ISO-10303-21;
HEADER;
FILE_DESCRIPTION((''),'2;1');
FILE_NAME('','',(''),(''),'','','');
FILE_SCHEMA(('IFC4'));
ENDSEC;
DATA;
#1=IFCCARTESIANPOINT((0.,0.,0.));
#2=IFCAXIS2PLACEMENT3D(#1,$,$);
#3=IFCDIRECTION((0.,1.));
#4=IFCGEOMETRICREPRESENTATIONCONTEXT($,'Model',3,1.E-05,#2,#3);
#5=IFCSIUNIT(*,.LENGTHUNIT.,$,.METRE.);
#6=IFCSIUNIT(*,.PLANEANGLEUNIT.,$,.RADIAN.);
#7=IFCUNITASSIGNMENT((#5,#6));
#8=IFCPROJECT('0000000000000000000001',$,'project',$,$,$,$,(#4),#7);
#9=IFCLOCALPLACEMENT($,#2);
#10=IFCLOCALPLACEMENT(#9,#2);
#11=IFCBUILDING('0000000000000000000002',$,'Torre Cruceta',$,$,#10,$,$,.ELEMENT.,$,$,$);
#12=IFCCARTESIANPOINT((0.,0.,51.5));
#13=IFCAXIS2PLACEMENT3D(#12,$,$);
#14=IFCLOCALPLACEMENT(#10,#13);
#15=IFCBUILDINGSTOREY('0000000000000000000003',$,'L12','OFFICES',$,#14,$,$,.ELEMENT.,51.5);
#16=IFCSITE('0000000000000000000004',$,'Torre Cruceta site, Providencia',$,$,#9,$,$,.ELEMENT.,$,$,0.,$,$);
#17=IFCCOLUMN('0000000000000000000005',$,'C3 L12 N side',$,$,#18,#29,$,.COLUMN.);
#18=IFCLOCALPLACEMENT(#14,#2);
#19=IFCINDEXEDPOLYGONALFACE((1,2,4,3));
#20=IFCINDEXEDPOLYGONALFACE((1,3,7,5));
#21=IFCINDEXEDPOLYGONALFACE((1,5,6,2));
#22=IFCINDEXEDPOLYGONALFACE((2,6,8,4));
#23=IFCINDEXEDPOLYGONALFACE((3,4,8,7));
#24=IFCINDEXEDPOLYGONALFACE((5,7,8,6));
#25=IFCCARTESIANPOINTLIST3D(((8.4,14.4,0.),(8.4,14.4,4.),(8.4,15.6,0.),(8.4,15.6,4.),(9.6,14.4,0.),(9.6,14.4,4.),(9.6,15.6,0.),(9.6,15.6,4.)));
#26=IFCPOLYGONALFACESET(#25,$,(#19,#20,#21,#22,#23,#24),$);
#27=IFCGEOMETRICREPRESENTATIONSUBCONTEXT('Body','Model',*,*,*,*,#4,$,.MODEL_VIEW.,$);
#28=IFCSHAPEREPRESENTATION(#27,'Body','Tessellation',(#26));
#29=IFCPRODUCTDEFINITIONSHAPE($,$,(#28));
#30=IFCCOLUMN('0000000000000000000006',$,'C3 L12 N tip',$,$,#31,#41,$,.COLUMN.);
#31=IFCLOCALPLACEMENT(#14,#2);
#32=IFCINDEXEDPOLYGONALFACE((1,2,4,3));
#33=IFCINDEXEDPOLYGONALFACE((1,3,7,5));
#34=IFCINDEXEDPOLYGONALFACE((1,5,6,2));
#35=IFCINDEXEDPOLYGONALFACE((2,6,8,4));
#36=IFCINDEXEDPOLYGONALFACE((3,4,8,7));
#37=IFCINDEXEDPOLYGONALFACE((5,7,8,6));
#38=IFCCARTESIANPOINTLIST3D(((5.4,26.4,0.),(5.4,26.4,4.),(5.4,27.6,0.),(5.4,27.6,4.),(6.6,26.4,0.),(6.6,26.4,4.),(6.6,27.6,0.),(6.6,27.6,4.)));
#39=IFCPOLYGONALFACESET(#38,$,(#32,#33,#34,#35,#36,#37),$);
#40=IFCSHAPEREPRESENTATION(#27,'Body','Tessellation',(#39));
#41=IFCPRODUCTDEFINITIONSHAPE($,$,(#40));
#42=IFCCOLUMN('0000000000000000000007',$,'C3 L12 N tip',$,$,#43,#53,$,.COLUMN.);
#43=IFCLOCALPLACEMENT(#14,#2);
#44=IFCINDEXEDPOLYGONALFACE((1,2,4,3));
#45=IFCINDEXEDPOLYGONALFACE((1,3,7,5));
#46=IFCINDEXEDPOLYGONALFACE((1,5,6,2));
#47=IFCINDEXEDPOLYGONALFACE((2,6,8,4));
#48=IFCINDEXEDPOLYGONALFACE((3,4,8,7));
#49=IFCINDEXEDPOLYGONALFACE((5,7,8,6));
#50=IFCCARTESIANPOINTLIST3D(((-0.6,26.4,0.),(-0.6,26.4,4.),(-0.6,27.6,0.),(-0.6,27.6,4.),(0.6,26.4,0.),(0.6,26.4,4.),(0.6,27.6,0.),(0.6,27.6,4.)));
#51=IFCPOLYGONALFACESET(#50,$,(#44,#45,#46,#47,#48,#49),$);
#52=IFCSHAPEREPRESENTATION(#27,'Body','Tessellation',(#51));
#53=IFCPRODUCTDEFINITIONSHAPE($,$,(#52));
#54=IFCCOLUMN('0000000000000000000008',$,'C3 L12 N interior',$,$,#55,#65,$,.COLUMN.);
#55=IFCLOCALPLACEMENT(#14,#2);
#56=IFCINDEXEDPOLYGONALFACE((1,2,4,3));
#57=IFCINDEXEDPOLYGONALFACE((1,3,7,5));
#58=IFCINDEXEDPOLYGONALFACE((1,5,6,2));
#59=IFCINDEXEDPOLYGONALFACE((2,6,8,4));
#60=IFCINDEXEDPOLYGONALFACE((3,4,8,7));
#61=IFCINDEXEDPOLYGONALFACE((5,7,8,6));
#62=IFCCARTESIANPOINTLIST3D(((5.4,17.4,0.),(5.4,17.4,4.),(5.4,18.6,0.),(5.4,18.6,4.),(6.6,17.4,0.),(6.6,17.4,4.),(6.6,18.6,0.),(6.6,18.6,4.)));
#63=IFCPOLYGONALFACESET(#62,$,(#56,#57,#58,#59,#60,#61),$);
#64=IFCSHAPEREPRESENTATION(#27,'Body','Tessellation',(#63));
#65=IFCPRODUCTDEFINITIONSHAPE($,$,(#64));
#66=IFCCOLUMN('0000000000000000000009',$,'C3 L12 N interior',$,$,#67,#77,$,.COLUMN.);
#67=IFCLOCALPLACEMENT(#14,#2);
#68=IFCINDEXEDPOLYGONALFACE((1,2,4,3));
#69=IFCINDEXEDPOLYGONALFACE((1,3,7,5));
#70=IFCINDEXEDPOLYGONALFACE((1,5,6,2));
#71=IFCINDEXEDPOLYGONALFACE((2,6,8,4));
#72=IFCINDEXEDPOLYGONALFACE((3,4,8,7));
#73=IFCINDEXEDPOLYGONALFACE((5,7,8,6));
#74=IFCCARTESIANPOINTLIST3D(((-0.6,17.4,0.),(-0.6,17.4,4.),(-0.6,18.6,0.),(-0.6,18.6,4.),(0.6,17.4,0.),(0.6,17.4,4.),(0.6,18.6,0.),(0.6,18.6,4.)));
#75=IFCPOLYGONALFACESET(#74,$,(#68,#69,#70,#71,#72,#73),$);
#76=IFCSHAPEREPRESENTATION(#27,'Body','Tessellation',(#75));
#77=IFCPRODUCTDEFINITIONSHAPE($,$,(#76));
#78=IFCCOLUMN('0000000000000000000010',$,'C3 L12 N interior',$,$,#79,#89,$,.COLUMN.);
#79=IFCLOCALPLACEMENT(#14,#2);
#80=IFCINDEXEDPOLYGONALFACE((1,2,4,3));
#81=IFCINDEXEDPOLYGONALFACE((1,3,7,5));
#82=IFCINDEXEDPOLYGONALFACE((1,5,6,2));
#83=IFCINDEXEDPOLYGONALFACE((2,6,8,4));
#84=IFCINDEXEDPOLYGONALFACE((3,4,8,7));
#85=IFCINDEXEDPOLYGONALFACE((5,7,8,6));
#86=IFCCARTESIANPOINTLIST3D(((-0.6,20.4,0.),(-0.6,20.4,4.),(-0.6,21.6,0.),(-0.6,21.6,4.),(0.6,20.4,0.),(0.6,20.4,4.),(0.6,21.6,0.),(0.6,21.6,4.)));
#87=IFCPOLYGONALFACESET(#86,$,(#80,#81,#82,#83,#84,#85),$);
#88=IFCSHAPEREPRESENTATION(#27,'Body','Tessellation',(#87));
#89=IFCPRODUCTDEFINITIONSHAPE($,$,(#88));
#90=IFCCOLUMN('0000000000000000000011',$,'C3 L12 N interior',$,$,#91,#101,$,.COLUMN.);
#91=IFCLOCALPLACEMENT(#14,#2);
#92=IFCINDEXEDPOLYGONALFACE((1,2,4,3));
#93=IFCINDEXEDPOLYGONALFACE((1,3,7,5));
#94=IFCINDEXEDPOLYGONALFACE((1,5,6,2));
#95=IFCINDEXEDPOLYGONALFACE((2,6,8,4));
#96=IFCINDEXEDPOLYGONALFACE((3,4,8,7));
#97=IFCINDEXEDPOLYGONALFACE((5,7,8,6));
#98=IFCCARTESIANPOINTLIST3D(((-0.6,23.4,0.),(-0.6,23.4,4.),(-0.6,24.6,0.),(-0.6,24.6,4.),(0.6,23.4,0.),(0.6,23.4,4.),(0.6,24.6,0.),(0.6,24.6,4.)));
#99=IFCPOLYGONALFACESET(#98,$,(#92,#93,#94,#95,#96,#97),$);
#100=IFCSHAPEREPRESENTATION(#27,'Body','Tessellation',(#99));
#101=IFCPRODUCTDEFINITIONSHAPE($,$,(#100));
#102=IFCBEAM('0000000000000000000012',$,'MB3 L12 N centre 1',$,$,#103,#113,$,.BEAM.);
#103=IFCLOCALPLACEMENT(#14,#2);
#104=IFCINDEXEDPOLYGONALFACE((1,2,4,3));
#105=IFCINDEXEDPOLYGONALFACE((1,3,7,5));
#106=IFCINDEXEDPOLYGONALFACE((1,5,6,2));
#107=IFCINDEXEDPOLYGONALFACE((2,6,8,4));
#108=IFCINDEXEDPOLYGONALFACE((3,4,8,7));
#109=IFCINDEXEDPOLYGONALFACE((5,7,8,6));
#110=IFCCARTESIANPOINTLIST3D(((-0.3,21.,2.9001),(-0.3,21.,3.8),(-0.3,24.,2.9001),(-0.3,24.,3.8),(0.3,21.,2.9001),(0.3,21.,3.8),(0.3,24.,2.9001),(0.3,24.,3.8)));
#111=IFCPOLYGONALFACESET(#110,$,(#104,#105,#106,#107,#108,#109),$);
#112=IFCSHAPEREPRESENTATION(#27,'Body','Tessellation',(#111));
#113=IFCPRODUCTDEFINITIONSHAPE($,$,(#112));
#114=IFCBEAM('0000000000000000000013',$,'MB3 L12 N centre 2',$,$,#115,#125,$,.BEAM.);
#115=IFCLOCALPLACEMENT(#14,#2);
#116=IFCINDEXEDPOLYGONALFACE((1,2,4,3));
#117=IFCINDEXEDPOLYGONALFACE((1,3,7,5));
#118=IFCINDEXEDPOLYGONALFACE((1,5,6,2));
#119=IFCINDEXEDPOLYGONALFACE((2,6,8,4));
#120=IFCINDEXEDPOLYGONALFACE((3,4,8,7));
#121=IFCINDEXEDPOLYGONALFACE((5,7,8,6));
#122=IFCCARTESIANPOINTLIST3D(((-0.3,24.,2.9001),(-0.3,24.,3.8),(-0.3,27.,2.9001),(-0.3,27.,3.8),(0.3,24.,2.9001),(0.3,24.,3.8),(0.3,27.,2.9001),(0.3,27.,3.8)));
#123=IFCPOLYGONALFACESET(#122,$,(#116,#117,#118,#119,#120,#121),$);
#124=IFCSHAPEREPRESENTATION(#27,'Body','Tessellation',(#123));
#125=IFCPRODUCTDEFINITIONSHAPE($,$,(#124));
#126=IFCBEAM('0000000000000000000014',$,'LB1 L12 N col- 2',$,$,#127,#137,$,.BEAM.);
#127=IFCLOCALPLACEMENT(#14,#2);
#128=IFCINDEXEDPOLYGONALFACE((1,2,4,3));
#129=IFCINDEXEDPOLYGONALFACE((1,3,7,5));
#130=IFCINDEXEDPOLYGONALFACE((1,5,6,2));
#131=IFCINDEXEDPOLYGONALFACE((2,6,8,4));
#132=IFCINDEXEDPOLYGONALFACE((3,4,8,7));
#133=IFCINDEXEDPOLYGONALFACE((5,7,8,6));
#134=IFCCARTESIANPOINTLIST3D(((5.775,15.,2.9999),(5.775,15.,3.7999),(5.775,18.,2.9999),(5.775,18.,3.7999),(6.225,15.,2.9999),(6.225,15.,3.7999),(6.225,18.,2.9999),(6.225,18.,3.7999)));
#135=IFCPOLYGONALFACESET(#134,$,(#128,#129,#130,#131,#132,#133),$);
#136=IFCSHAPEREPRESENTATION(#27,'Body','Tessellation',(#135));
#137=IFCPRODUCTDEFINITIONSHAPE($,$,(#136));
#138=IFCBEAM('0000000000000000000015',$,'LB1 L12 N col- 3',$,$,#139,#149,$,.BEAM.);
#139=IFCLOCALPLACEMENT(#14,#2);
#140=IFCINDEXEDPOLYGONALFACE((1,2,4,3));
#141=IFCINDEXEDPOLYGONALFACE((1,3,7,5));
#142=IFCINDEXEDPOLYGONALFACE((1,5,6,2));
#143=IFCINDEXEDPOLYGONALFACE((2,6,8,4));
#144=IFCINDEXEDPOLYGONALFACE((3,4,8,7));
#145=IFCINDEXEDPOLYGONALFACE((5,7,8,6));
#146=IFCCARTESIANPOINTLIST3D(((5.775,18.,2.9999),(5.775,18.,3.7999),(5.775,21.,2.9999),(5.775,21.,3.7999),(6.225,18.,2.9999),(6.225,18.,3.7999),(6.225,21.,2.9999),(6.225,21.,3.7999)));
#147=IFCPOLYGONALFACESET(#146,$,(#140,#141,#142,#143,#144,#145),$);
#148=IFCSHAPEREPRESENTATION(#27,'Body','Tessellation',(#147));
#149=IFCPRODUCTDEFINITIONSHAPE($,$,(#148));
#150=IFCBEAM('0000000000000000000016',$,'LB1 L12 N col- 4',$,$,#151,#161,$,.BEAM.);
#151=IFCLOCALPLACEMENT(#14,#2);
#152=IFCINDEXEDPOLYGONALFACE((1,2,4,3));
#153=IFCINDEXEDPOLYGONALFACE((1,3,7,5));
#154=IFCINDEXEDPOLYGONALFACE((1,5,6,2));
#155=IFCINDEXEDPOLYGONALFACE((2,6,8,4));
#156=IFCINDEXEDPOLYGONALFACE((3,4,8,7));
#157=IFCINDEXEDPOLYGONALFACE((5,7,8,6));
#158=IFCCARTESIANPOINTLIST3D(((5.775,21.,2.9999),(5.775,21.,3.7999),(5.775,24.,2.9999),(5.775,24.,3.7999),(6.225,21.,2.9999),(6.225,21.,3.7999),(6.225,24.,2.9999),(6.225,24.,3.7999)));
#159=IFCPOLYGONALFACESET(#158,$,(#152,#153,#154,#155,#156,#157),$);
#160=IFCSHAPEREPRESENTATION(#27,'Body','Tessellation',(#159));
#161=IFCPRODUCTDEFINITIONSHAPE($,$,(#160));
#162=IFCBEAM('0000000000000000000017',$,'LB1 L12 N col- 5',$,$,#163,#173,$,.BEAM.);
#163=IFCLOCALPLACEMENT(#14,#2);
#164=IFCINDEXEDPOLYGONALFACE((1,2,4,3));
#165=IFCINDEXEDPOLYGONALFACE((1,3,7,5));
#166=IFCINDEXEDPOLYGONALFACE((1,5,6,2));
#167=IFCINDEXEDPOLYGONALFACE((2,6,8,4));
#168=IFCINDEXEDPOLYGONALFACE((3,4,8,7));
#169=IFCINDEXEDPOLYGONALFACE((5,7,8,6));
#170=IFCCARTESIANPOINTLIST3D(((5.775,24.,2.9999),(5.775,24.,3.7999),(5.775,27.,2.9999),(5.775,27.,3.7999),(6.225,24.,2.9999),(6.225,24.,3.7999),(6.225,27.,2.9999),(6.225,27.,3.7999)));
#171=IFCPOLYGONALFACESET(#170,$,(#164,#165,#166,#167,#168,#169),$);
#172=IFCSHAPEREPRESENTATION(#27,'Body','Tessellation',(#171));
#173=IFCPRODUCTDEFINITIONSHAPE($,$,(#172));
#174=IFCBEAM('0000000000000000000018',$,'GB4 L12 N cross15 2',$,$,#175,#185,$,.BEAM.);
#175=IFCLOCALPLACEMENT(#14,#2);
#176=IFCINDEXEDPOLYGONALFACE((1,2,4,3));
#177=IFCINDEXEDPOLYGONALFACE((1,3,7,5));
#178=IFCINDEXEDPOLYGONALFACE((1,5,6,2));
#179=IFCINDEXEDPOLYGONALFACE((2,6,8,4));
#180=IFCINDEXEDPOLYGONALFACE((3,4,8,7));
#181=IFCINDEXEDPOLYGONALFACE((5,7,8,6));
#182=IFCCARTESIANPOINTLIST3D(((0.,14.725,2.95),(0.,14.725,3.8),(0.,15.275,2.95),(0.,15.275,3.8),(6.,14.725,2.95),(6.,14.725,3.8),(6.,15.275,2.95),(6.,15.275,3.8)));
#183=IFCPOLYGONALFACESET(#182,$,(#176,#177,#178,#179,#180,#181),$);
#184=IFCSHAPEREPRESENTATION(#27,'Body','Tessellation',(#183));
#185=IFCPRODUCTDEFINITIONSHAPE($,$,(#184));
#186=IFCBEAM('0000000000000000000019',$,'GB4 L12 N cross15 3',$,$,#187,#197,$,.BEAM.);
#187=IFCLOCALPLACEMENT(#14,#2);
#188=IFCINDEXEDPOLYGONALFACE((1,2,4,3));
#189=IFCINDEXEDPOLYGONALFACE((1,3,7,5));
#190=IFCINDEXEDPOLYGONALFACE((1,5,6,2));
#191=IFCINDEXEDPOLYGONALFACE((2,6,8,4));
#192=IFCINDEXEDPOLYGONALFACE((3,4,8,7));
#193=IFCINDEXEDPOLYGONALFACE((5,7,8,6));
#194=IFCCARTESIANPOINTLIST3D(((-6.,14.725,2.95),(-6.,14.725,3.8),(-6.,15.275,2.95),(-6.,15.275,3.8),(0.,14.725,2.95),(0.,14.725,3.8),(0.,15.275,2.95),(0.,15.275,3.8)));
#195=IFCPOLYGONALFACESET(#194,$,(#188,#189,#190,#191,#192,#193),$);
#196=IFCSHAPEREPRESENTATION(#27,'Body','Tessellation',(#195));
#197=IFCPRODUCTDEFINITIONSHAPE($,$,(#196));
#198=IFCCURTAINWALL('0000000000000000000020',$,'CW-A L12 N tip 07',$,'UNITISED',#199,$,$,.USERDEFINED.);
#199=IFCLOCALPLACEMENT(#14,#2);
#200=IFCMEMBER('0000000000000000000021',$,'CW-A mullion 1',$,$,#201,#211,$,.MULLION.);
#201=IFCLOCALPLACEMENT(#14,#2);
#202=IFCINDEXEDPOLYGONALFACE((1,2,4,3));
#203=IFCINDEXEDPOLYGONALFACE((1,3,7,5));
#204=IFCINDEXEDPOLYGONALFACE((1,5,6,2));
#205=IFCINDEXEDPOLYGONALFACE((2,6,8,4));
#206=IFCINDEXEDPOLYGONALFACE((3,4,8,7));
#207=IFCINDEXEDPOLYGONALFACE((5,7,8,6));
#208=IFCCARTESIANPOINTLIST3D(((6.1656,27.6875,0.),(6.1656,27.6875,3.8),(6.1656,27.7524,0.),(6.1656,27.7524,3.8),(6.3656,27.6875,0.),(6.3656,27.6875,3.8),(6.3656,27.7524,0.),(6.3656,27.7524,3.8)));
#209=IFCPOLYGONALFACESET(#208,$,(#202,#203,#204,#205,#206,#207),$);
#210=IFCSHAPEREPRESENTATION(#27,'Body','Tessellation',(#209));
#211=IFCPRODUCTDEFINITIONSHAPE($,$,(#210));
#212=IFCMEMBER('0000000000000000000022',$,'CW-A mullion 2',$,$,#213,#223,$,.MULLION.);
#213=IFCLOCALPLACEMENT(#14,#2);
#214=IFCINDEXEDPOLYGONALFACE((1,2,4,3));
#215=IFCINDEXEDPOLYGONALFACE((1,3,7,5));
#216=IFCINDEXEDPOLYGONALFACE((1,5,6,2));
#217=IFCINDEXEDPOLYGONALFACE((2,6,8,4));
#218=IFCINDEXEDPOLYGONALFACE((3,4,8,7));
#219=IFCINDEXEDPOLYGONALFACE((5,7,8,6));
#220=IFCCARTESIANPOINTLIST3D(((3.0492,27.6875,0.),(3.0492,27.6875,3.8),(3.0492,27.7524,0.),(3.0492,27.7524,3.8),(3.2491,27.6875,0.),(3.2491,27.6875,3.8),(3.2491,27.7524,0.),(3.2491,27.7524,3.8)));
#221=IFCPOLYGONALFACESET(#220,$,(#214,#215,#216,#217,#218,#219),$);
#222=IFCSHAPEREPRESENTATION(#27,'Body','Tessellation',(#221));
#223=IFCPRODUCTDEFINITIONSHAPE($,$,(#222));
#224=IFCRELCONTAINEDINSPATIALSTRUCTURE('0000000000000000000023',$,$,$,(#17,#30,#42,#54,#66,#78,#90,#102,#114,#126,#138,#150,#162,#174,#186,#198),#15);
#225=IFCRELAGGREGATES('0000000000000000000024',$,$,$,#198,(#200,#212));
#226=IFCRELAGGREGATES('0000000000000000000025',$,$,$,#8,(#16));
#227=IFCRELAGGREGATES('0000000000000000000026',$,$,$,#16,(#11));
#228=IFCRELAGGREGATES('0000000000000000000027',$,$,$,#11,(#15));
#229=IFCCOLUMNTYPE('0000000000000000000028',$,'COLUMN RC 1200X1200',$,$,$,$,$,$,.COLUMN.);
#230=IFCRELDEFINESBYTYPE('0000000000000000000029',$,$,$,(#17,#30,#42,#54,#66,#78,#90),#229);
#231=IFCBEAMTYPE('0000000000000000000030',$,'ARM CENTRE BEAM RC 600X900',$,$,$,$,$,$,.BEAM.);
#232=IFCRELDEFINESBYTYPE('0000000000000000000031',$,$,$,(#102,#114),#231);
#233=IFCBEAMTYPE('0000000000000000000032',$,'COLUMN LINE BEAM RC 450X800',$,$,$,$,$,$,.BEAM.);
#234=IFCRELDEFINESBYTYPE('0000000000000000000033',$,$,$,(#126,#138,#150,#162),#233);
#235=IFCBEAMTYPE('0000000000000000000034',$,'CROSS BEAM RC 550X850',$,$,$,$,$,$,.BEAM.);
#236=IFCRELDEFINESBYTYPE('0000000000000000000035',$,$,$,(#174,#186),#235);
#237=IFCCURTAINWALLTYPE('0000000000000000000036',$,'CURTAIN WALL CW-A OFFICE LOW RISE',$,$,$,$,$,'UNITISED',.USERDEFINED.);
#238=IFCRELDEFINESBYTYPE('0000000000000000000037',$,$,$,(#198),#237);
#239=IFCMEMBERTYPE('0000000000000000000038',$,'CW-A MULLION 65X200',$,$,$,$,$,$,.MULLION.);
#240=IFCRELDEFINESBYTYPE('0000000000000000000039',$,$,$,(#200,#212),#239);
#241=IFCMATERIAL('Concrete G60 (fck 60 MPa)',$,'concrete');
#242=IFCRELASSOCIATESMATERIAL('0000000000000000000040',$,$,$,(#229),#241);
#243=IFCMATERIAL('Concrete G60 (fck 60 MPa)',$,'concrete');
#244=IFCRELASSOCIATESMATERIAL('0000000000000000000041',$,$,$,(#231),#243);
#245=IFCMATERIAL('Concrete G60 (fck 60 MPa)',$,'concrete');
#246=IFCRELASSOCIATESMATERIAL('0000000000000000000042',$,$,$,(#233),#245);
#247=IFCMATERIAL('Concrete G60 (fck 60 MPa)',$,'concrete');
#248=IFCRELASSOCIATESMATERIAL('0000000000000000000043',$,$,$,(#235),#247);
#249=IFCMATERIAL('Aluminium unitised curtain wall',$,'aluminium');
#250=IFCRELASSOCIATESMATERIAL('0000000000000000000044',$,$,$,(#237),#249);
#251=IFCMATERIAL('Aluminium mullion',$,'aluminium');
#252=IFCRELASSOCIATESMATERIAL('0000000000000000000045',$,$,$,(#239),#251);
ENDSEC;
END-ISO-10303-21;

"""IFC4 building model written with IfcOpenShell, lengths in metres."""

from ifc_helpers import new_model, si_unit, direction, frame, origin, origin_2d, place, context, subcontext, project, spatial, rectangle, extrude, material, material_profile, profile_set, type_object, element, aggregate, save


model = new_model("IFC4")

# Units and contexts
model_context = context("Model", 3, precision=1e-05, world=origin(), true_north=direction((0.0, 1.0)))
body_context = subcontext(model_context, "Body", "Model", "MODEL_VIEW")
ifc_project = project(units=[si_unit("LENGTHUNIT", "METRE"), si_unit("PLANEANGLEUNIT", "RADIAN")], contexts=[model_context])

# Site, building, storey
site_placement = place(None, origin())
site = spatial("IfcSite", under=ifc_project, at=site_placement, Name="Torre Cruceta site, Providencia", CompositionType="ELEMENT", RefElevation=0.0)
building_placement = place(site_placement, origin())
building = spatial("IfcBuilding", under=site, at=building_placement, Name="Torre Cruceta", CompositionType="ELEMENT")
storey_placement = place(building_placement, frame((0.0, 0.0, 51.5)))
storey = spatial("IfcBuildingStorey", under=building, at=storey_placement, Name="L12", Description="OFFICES", CompositionType="ELEMENT", Elevation=51.5)

# Columns
ifc_material_1 = material(Name="Concrete G60 (fck 60 MPa)", Category="concrete")
ifc_material_profile_1 = material_profile(ifc_material_1, rectangle(XDim=1.2, YDim=1.2, at=origin_2d()), Name="RC 1200X1200")
ifc_profile_set_1 = profile_set([ifc_material_profile_1], Name="Concrete G60 (fck 60 MPa)")
column_type = type_object("IfcColumnType", Name="COLUMN RC 1200X1200", PredefinedType="COLUMN", material=ifc_profile_set_1)
for number, where, z_axis, x_axis, name in (
    (1, (9.0, 15.0, 0.0), (0.0, 0.0, 1.0), (1.0, 0.0, 0.0), "C3 L12 N side"),
    (2, (6.0, 27.0, 0.0), (0.0, 0.0, 1.0), (1.0, 0.0, 0.0), "C3 L12 N tip"),
    (3, (0.0, 27.0, 0.0), (0.0, 0.0, 1.0), (1.0, 0.0, 0.0), "C3 L12 N tip"),
    (4, (6.0, 18.0, 0.0), (0.0, 0.0, 1.0), (1.0, 0.0, 0.0), "C3 L12 N interior"),
    (5, (0.0, 18.0, 0.0), (0.0, 0.0, 1.0), (1.0, 0.0, 0.0), "C3 L12 N interior"),
    (6, (0.0, 21.0, 0.0), (0.0, 0.0, 1.0), (1.0, 0.0, 0.0), "C3 L12 N interior"),
    (7, (0.0, 24.0, 0.0), (0.0, 0.0, 1.0), (1.0, 0.0, 0.0), "C3 L12 N interior"),
):
    element("IfcColumn", number, at=place(storey_placement, frame(where, z_axis=z_axis, x_axis=x_axis)), inside=storey, type_object=column_type, Name=name, PredefinedType="COLUMN", context=body_context, shape_type="SweptSolid", body=[
        extrude(rectangle(XDim=1.2, YDim=1.2, at=origin_2d()), origin(), (0.0, 0.0, 1.0), 4.0),
    ])

# Beams
ifc_material_2 = material(Name="Concrete G60 (fck 60 MPa)", Category="concrete")
ifc_material_profile_2 = material_profile(ifc_material_2, rectangle(XDim=0.6001, YDim=0.8999, at=origin_2d()), Name="RC 600X900")
ifc_profile_set_2 = profile_set([ifc_material_profile_2], Name="Concrete G60 (fck 60 MPa)")
beam_type_1 = type_object("IfcBeamType", Name="ARM CENTRE BEAM RC 600X900", PredefinedType="BEAM", material=ifc_profile_set_2)
for number, where, z_axis, x_axis, name in (
    (8, (0.0, 21.0, 3.3501), (0.0, 1.0, 0.0), (-1.0, 0.0, 0.0), "MB3 L12 N centre 1"),
    (9, (0.0, 24.0, 3.3501), (0.0, 1.0, 0.0), (-1.0, 0.0, 0.0), "MB3 L12 N centre 2"),
):
    element("IfcBeam", number, at=place(storey_placement, frame(where, z_axis=z_axis, x_axis=x_axis)), inside=storey, type_object=beam_type_1, Name=name, PredefinedType="BEAM", context=body_context, shape_type="SweptSolid", body=[
        extrude(rectangle(XDim=0.6001, YDim=0.8999, at=origin_2d()), origin(), (0.0, 0.0, 1.0), 3.0),
    ])
ifc_material_3 = material(Name="Concrete G60 (fck 60 MPa)", Category="concrete")
ifc_material_profile_3 = material_profile(ifc_material_3, rectangle(XDim=0.45, YDim=0.8, at=origin_2d()), Name="RC 450X800")
ifc_profile_set_3 = profile_set([ifc_material_profile_3], Name="Concrete G60 (fck 60 MPa)")
beam_type_2 = type_object("IfcBeamType", Name="COLUMN LINE BEAM RC 450X800", PredefinedType="BEAM", material=ifc_profile_set_3)
for number, where, z_axis, x_axis, name in (
    (10, (6.0, 15.0, 3.3999), (0.0, 1.0, 0.0), (-1.0, 0.0, 0.0), "LB1 L12 N col- 2"),
    (11, (6.0, 18.0, 3.3999), (0.0, 1.0, 0.0), (-1.0, 0.0, 0.0), "LB1 L12 N col- 3"),
    (12, (6.0, 21.0, 3.3999), (0.0, 1.0, 0.0), (-1.0, 0.0, 0.0), "LB1 L12 N col- 4"),
    (13, (6.0, 24.0, 3.3999), (0.0, 1.0, 0.0), (-1.0, 0.0, 0.0), "LB1 L12 N col- 5"),
):
    element("IfcBeam", number, at=place(storey_placement, frame(where, z_axis=z_axis, x_axis=x_axis)), inside=storey, type_object=beam_type_2, Name=name, PredefinedType="BEAM", context=body_context, shape_type="SweptSolid", body=[
        extrude(rectangle(XDim=0.45, YDim=0.8, at=origin_2d()), origin(), (0.0, 0.0, 1.0), 3.0),
    ])
ifc_material_4 = material(Name="Concrete G60 (fck 60 MPa)", Category="concrete")
ifc_material_profile_4 = material_profile(ifc_material_4, rectangle(XDim=0.55, YDim=0.8501, at=origin_2d()), Name="RC 550X850")
ifc_profile_set_4 = profile_set([ifc_material_profile_4], Name="Concrete G60 (fck 60 MPa)")
beam_type_3 = type_object("IfcBeamType", Name="CROSS BEAM RC 550X850", PredefinedType="BEAM", material=ifc_profile_set_4)
for number, where, z_axis, x_axis, name in (
    (14, (6.0, 15.0, 3.375), (-1.0, 0.0, 0.0), (0.0, -1.0, 0.0), "GB4 L12 N cross15 2"),
    (15, (0.0, 15.0, 3.375), (-1.0, 0.0, 0.0), (0.0, -1.0, 0.0), "GB4 L12 N cross15 3"),
):
    element("IfcBeam", number, at=place(storey_placement, frame(where, z_axis=z_axis, x_axis=x_axis)), inside=storey, type_object=beam_type_3, Name=name, PredefinedType="BEAM", context=body_context, shape_type="SweptSolid", body=[
        extrude(rectangle(XDim=0.55, YDim=0.8501, at=origin_2d()), origin(), (0.0, 0.0, 1.0), 6.0),
    ])

# Curtain wall, members
ifc_material_5 = material(Name="Aluminium unitised curtain wall", Category="aluminium")
curtain_wall_type = type_object("IfcCurtainWallType", Name="CURTAIN WALL CW-A OFFICE LOW RISE", ElementType="UNITISED", PredefinedType="USERDEFINED", material=ifc_material_5)
curtain_wall_placement = place(storey_placement, origin())
curtain_wall = element("IfcCurtainWall", 16, at=curtain_wall_placement, inside=storey, type_object=curtain_wall_type, Name="CW-A L12 N tip 07", ObjectType="UNITISED", PredefinedType="USERDEFINED")
ifc_material_6 = material(Name="Aluminium mullion", Category="aluminium")
ifc_material_profile_5 = material_profile(ifc_material_6, rectangle(XDim=0.0649, YDim=0.2, at=origin_2d()), Name="AL 65X200")
ifc_profile_set_5 = profile_set([ifc_material_profile_5], Name="Aluminium mullion")
member_type_1 = type_object("IfcMemberType", Name="CW-A MULLION 65X200", PredefinedType="MULLION", material=ifc_profile_set_5)
member_1_placement = place(storey_placement, frame((6.2656, 27.72, 0.0), z_axis=(0.0, 0.0, 1.0), x_axis=(0.0, -1.0, 0.0)))
member_1 = element("IfcMember", 17, at=member_1_placement, type_object=member_type_1, Name="CW-A mullion 1", PredefinedType="MULLION", context=body_context, shape_type="SweptSolid", body=[
    extrude(rectangle(XDim=0.0649, YDim=0.2, at=origin_2d()), origin(), (0.0, 0.0, 1.0), 3.8),
])
member_2_placement = place(storey_placement, frame((3.1492, 27.72, 0.0), z_axis=(0.0, 0.0, 1.0), x_axis=(0.0, -1.0, 0.0)))
member_2 = element("IfcMember", 18, at=member_2_placement, type_object=member_type_1, Name="CW-A mullion 2", PredefinedType="MULLION", context=body_context, shape_type="SweptSolid", body=[
    extrude(rectangle(XDim=0.0649, YDim=0.2, at=origin_2d()), origin(), (0.0, 0.0, 1.0), 3.8),
])

aggregate(curtain_wall, [member_1, member_2])

save(model, "model.ifc")
